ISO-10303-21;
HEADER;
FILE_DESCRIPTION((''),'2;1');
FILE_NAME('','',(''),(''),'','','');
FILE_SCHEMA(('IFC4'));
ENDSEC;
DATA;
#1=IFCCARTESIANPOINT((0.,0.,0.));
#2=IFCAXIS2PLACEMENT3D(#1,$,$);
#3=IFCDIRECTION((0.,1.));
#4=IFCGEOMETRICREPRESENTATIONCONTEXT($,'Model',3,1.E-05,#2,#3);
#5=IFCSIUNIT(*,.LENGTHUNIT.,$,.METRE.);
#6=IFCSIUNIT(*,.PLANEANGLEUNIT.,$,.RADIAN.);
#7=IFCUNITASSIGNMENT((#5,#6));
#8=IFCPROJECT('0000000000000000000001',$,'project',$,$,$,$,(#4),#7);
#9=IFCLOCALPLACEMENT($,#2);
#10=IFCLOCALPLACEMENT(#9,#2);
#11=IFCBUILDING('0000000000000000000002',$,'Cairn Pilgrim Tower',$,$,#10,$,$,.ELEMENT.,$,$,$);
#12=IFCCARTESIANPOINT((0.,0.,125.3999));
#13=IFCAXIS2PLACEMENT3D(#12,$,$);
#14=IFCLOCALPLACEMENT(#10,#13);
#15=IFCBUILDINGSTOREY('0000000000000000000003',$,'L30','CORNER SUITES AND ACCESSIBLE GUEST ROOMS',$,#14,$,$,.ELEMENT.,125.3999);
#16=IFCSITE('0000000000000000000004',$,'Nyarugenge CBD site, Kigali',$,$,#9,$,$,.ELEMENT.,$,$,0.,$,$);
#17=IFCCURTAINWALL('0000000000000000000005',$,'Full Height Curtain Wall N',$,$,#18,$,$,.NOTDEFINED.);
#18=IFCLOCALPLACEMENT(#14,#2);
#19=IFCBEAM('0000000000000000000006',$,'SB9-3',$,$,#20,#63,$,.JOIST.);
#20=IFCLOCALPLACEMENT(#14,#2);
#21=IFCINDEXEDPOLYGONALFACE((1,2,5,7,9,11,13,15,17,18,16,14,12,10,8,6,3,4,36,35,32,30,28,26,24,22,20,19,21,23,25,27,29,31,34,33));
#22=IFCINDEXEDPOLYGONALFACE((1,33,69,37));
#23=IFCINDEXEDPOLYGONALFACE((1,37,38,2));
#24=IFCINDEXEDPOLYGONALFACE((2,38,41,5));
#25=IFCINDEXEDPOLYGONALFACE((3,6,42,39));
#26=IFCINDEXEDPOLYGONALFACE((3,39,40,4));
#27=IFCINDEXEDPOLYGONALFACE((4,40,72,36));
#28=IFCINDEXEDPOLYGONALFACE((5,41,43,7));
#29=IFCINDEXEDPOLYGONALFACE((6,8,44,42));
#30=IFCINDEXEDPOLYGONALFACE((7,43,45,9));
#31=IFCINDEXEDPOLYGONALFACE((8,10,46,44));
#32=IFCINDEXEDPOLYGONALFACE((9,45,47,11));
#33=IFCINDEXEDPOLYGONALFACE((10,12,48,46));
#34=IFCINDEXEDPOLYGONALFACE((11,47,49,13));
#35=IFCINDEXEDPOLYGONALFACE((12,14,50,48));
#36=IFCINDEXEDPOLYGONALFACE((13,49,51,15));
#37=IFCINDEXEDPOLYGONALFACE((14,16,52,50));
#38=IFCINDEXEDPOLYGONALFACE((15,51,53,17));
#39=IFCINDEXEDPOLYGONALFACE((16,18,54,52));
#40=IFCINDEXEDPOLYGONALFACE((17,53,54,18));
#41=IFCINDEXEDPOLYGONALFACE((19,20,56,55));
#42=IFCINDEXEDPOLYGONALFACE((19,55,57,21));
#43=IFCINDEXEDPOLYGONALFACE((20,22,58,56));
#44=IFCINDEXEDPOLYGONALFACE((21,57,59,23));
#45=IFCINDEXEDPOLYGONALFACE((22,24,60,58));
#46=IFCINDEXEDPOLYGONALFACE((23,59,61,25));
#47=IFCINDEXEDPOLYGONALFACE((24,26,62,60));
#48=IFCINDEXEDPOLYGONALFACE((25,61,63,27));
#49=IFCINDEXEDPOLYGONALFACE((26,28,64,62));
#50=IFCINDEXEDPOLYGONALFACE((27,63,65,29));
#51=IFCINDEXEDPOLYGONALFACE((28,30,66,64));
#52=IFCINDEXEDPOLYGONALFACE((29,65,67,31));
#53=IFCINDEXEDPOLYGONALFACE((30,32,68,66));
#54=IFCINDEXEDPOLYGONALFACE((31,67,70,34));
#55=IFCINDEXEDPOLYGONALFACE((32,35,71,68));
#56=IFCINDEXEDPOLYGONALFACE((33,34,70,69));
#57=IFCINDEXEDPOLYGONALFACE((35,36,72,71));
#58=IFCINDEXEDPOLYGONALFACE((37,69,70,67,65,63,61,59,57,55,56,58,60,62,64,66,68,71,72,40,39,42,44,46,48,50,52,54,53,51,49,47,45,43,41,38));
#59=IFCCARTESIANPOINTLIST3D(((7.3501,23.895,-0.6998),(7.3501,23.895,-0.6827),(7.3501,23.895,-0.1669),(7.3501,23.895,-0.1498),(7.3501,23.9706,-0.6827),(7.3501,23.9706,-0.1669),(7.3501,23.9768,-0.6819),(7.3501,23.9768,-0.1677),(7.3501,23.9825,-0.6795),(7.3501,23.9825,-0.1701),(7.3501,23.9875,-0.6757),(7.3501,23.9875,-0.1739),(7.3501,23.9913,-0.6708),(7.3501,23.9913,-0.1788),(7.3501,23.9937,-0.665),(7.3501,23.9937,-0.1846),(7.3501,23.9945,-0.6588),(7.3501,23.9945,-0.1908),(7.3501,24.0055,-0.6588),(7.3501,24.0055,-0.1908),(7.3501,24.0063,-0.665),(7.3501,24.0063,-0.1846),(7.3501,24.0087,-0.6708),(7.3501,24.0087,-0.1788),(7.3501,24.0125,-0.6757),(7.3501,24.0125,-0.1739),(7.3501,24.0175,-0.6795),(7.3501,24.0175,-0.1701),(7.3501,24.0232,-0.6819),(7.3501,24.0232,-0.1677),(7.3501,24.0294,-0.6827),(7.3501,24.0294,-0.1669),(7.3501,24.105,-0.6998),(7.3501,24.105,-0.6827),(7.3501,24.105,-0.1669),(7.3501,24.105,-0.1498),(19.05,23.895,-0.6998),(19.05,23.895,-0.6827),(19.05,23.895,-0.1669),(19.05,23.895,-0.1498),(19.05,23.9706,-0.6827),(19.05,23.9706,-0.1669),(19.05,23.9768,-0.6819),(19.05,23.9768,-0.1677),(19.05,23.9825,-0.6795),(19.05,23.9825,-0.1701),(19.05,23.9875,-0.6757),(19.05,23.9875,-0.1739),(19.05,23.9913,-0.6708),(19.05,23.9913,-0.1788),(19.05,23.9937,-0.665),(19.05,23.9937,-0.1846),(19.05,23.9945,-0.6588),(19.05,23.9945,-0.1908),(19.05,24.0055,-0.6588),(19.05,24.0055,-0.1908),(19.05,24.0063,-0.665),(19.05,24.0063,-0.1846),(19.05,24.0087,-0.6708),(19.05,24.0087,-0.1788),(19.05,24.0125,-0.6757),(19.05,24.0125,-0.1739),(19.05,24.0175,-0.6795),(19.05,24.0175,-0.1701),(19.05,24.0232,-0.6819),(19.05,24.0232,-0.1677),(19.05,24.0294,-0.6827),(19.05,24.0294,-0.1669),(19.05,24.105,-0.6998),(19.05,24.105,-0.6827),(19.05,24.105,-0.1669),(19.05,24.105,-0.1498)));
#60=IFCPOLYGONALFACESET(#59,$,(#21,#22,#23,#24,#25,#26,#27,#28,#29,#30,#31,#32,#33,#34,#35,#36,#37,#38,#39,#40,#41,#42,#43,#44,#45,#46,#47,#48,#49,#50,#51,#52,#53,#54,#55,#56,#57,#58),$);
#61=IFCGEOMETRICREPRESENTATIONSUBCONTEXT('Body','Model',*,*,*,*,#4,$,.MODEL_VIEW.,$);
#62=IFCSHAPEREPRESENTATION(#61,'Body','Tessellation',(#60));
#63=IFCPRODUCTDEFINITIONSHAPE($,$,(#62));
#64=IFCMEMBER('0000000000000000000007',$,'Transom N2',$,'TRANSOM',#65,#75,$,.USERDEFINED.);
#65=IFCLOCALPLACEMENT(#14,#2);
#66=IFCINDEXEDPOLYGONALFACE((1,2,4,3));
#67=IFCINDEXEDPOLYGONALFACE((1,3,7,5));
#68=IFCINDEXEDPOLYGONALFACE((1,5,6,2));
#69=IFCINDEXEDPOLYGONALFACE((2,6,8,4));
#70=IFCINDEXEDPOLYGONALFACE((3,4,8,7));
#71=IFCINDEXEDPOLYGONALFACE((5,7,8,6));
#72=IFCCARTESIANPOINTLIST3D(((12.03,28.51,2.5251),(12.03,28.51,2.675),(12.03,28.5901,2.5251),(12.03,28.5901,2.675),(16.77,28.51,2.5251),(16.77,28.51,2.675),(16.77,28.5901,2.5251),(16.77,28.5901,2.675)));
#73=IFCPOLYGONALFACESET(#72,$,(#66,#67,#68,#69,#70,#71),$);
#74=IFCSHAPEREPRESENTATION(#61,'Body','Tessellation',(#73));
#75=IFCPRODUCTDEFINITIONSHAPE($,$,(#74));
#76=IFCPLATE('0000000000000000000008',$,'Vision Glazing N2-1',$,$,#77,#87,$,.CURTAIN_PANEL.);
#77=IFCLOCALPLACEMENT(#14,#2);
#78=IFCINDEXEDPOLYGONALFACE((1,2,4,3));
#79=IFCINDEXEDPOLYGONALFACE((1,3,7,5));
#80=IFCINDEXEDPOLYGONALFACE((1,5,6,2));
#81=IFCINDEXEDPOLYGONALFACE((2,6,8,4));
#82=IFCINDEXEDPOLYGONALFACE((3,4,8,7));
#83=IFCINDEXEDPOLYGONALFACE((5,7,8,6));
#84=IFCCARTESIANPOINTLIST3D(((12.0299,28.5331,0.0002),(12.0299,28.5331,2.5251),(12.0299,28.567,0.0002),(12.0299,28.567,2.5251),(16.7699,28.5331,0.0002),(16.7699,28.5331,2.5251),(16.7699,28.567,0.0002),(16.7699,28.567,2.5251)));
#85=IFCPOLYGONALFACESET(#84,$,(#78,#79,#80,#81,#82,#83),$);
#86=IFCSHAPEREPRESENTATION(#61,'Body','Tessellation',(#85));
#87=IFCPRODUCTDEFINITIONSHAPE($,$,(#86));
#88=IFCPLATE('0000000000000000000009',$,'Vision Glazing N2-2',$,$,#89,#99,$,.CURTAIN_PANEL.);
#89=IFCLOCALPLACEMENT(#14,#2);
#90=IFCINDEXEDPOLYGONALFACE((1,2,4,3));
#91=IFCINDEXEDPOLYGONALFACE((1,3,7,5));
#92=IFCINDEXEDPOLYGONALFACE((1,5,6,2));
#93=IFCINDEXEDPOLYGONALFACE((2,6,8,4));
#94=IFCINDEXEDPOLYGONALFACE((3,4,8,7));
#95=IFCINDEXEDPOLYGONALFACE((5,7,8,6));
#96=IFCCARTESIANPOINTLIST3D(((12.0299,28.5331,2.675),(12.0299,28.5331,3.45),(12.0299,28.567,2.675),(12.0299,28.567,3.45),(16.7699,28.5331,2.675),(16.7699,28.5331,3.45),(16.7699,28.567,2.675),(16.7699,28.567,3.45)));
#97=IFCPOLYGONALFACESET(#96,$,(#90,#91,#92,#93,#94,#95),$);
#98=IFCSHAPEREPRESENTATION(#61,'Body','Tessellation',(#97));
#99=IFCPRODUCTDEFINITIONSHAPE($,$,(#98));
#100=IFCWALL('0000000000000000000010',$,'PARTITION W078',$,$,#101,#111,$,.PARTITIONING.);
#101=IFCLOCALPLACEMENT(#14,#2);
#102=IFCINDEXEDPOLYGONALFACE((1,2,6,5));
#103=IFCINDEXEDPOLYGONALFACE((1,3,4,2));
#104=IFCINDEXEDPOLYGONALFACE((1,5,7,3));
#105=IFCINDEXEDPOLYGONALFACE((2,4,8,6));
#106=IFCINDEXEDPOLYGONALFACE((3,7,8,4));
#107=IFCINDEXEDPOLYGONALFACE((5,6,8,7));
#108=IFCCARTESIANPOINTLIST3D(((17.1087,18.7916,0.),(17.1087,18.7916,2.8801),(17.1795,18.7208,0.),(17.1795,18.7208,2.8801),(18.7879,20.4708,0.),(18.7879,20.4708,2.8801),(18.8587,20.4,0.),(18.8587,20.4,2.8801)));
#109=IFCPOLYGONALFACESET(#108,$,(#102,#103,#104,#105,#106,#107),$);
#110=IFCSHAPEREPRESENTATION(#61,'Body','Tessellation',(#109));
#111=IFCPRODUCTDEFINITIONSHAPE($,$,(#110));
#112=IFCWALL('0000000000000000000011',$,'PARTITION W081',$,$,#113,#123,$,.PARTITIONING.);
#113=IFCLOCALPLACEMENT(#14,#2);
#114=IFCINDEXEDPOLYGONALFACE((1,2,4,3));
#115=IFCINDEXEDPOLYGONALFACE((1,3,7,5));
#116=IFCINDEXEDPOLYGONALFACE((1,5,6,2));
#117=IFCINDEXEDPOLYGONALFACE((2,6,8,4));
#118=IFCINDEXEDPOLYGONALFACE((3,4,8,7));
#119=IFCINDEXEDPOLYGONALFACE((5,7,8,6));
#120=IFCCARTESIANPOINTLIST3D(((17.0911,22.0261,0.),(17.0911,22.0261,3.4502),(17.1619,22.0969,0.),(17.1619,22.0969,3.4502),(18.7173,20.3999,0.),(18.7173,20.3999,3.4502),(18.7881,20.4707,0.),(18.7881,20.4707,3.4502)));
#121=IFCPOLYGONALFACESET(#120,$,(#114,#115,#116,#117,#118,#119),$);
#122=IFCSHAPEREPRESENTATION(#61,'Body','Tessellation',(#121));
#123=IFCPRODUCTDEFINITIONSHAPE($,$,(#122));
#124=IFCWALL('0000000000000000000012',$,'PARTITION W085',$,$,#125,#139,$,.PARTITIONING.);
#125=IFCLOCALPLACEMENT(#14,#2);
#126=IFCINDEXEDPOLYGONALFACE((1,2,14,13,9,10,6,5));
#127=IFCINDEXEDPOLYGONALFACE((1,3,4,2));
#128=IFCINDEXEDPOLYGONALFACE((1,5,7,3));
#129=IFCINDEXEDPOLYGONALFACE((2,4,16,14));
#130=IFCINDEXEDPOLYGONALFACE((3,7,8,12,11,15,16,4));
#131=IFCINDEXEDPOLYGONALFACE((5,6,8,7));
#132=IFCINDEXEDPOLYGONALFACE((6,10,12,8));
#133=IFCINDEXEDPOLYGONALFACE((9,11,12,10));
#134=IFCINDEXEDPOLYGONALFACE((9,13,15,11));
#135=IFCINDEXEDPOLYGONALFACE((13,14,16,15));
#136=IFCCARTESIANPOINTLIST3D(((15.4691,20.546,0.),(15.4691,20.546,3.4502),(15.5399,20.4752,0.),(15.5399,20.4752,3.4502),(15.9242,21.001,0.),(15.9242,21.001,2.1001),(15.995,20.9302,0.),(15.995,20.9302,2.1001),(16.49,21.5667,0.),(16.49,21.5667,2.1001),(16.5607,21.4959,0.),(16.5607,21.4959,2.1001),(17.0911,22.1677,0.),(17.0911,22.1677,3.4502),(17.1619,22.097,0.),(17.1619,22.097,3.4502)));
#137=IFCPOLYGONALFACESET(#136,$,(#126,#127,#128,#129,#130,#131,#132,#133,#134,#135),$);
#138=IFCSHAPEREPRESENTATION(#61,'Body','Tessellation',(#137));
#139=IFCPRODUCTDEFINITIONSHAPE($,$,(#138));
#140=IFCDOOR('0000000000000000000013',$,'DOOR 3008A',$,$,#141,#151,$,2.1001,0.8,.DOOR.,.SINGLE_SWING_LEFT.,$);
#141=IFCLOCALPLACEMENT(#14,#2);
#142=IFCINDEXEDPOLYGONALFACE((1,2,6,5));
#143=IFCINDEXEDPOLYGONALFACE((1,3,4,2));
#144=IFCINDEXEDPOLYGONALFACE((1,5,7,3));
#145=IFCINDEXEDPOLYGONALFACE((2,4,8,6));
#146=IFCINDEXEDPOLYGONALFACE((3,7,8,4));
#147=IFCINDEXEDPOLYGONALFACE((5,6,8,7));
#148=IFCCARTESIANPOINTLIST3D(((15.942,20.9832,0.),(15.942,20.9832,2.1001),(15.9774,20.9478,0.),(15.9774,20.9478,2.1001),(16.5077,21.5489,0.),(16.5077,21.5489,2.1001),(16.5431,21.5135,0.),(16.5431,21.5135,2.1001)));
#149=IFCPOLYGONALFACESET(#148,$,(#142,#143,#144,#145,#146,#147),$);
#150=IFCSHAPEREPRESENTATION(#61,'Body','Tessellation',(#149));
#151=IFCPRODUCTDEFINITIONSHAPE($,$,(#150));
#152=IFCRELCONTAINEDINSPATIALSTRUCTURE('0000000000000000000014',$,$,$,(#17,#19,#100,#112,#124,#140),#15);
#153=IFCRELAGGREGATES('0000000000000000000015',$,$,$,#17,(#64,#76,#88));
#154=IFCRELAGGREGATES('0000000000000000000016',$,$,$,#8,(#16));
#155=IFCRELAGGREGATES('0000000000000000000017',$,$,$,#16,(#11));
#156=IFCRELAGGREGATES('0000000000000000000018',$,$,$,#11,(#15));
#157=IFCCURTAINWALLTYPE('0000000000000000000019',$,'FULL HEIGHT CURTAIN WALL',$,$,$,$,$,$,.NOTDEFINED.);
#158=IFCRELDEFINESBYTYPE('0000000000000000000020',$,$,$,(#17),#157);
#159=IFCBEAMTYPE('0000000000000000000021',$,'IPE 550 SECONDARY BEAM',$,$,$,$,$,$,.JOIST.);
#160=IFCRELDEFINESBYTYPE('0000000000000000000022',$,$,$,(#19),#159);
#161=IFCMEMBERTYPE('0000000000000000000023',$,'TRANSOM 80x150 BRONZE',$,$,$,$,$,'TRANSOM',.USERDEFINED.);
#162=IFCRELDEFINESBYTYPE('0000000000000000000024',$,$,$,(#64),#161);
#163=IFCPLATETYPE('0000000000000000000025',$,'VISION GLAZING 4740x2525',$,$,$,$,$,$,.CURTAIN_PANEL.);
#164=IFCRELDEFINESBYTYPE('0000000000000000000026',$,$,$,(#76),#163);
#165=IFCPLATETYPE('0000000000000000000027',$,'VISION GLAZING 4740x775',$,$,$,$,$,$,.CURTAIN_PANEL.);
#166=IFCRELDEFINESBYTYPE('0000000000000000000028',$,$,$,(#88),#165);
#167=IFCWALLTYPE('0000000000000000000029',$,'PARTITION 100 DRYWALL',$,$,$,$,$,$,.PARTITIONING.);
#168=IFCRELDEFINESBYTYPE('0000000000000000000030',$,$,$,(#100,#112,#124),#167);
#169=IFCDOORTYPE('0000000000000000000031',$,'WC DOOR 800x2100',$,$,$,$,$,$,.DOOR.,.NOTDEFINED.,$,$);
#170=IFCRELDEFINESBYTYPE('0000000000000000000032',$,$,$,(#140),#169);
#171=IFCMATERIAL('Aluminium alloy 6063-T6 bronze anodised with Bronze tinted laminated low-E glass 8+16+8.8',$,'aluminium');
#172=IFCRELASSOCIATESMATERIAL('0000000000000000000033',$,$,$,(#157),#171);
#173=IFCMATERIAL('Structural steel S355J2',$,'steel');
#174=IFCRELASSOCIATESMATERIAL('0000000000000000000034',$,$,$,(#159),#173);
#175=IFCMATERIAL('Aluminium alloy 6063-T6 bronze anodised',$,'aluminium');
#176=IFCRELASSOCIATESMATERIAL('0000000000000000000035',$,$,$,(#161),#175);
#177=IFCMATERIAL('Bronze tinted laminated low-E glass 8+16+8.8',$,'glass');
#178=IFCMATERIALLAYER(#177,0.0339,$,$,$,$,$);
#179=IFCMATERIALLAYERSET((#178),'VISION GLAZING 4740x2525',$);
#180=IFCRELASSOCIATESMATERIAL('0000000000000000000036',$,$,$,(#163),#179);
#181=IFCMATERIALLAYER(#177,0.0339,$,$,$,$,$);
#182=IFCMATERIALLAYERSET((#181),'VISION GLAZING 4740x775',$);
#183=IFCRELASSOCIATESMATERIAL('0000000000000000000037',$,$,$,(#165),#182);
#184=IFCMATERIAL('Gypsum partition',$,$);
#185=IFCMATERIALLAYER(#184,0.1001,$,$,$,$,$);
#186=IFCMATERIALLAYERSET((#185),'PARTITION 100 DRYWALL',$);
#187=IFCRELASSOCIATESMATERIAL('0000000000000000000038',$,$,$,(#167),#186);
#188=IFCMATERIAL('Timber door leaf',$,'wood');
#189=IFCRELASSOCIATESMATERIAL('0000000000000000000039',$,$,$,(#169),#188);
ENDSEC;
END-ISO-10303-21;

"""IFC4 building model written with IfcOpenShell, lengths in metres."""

from ifc_helpers import new_model, si_unit, direction, frame, frame_2d, origin, origin_2d, place, context, subcontext, project, spatial, rectangle, i_section, extrude, material, layer, layer_set, material_profile, profile_set, type_object, element, fill, aggregate, save


model = new_model("IFC4")

# Units and contexts
model_context = context("Model", 3, precision=1e-05, world=origin(), true_north=direction((0.0, 1.0)))
body_context = subcontext(model_context, "Body", "Model", "MODEL_VIEW")
ifc_project = project(units=[si_unit("LENGTHUNIT", "METRE"), si_unit("PLANEANGLEUNIT", "RADIAN")], contexts=[model_context])

# Site, building, storey
site_placement = place(None, origin())
site = spatial("IfcSite", under=ifc_project, at=site_placement, Name="Nyarugenge CBD site, Kigali", CompositionType="ELEMENT", RefElevation=0.0)
building_placement = place(site_placement, origin())
building = spatial("IfcBuilding", under=site, at=building_placement, Name="Cairn Pilgrim Tower", CompositionType="ELEMENT")
storey_placement = place(building_placement, frame((0.0, 0.0, 125.3999)))
storey = spatial("IfcBuildingStorey", under=building, at=storey_placement, Name="L30", Description="CORNER SUITES AND ACCESSIBLE GUEST ROOMS", CompositionType="ELEMENT", Elevation=125.3999)

# Curtain wall
ifc_material_1 = material(Name="Aluminium alloy 6063-T6 bronze anodised with Bronze tinted laminated low-E glass 8+16+8.8", Category="aluminium")
curtain_wall_type = type_object("IfcCurtainWallType", Name="FULL HEIGHT CURTAIN WALL", PredefinedType="NOTDEFINED", material=ifc_material_1)
curtain_wall_placement = place(storey_placement, origin())
curtain_wall = element("IfcCurtainWall", 1, at=curtain_wall_placement, inside=storey, type_object=curtain_wall_type, Name="Full Height Curtain Wall N", PredefinedType="NOTDEFINED")
ifc_material_2 = material(Name="Aluminium alloy 6063-T6 bronze anodised", Category="aluminium")

# Beam
ifc_material_3 = material(Name="Structural steel S355J2", Category="steel")
ifc_material_profile_1 = material_profile(ifc_material_3, i_section(OverallWidth=0.21, OverallDepth=0.55, WebThickness=0.011, FlangeThickness=0.0171, FilletRadius=0.0239, at=origin_2d()), Name="IPE 550")
ifc_profile_set_1 = profile_set([ifc_material_profile_1], Name="Structural steel S355J2")
beam_type_1 = type_object("IfcBeamType", Name="IPE 550 SECONDARY BEAM", PredefinedType="JOIST", material=ifc_profile_set_1)
for number, where, z_axis, x_axis, name in (
    (2, (7.3501, 24.0, -0.4248), (1.0, 0.0, 0.0), (0.0, 1.0, 0.0), "SB9-3"),
):
    element("IfcBeam", number, at=place(storey_placement, frame(where, z_axis=z_axis, x_axis=x_axis)), inside=storey, type_object=beam_type_1, Name=name, PredefinedType="JOIST", context=body_context, shape_type="SweptSolid", body=[
        extrude(i_section(OverallWidth=0.21, OverallDepth=0.55, WebThickness=0.011, FlangeThickness=0.0171, FilletRadius=0.0239, at=origin_2d()), origin(), (0.0, 0.0, 1.0), 11.7),
    ])

# Member
ifc_material_profile_2 = material_profile(ifc_material_2, rectangle(XDim=0.0801, YDim=0.1499, at=origin_2d()), Name="TRANSOM 80x150 BRONZE")
ifc_profile_set_2 = profile_set([ifc_material_profile_2], Name="Aluminium alloy 6063-T6 bronze anodised")
member_type_1 = type_object("IfcMemberType", Name="TRANSOM 80x150 BRONZE", ElementType="TRANSOM", PredefinedType="USERDEFINED", material=ifc_profile_set_2)
member_1_placement = place(storey_placement, frame((16.77, 28.55, 2.6001), z_axis=(-1.0, 0.0, 0.0), x_axis=(0.0, -1.0, 0.0)))
member_1 = element("IfcMember", 3, at=member_1_placement, type_object=member_type_1, Name="Transom N2", ObjectType="TRANSOM", PredefinedType="USERDEFINED", context=body_context, shape_type="SweptSolid", body=[
    extrude(rectangle(XDim=0.0801, YDim=0.1499, at=origin_2d()), origin(), (0.0, 0.0, 1.0), 4.74),
])

# Plates
ifc_material_4 = material(Name="Bronze tinted laminated low-E glass 8+16+8.8", Category="glass")
ifc_layer_1 = layer(ifc_material_4, 0.0339)
ifc_layer_set_1 = layer_set([ifc_layer_1], Name="VISION GLAZING 4740x2525")
plate_type_1 = type_object("IfcPlateType", Name="VISION GLAZING 4740x2525", PredefinedType="CURTAIN_PANEL", material=ifc_layer_set_1)
plate_1_placement = place(storey_placement, frame((14.3999, 28.55, 0.0002), z_axis=(0.0, 0.0, 1.0), x_axis=(-1.0, 0.0, 0.0)))
plate_1 = element("IfcPlate", 4, at=plate_1_placement, type_object=plate_type_1, Name="Vision Glazing N2-1", PredefinedType="CURTAIN_PANEL", context=body_context, shape_type="SweptSolid", body=[
    extrude(rectangle(XDim=4.74, YDim=0.0339, at=origin_2d()), origin(), (0.0, 0.0, 1.0), 2.5249),
])
ifc_layer_2 = layer(ifc_material_4, 0.0339)
ifc_layer_set_2 = layer_set([ifc_layer_2], Name="VISION GLAZING 4740x775")
plate_type_2 = type_object("IfcPlateType", Name="VISION GLAZING 4740x775", PredefinedType="CURTAIN_PANEL", material=ifc_layer_set_2)
plate_2_placement = place(storey_placement, frame((14.3999, 28.55, 2.675), z_axis=(0.0, 0.0, 1.0), x_axis=(-1.0, 0.0, 0.0)))
plate_2 = element("IfcPlate", 5, at=plate_2_placement, type_object=plate_type_2, Name="Vision Glazing N2-2", PredefinedType="CURTAIN_PANEL", context=body_context, shape_type="SweptSolid", body=[
    extrude(rectangle(XDim=4.74, YDim=0.0339, at=origin_2d()), origin(), (0.0, 0.0, 1.0), 0.7749),
])
aggregate(curtain_wall, [member_1, plate_1, plate_2])

# Walls
ifc_material_5 = material(Name="Gypsum partition")
ifc_layer_3 = layer(ifc_material_5, 0.1001)
ifc_layer_set_3 = layer_set([ifc_layer_3], Name="PARTITION 100 DRYWALL")
wall_type_1 = type_object("IfcWallType", Name="PARTITION 100 DRYWALL", PredefinedType="PARTITIONING", material=ifc_layer_set_3)
wall_1_placement = place(storey_placement, frame((17.144, 18.7561, 0.0), z_axis=(0.0, 0.0, 1.0), x_axis=(0.707107, 0.707107, 0.0)))
element("IfcWall", 6, at=wall_1_placement, inside=storey, type_object=wall_type_1, Name="PARTITION W078", PredefinedType="PARTITIONING", context=body_context, shape_type="SweptSolid", body=[
    extrude(rectangle(XDim=2.3748, YDim=0.1001, at=frame_2d((1.1875, 0.0))), origin(), (0.0, 0.0, 1.0), 2.8801),
])
wall_2_placement = place(storey_placement, frame((18.7527, 20.4353, 0.0), z_axis=(0.0, 0.0, 1.0), x_axis=(-0.707107, 0.707107, 0.0)))
element("IfcWall", 7, at=wall_2_placement, inside=storey, type_object=wall_type_1, Name="PARTITION W081", PredefinedType="PARTITIONING", context=body_context, shape_type="SweptSolid", body=[
    extrude(rectangle(XDim=2.2998, YDim=0.1001, at=frame_2d((1.1499, 0.0))), origin(), (0.0, 0.0, 1.0), 3.4502),
])

# Wall, opening, door
wall_3_placement = place(storey_placement, frame((15.5044, 20.5105, 0.0), z_axis=(0.0, 0.0, 1.0), x_axis=(0.70716, 0.707054, 0.0)))
wall_3 = element("IfcWall", 8, at=wall_3_placement, inside=storey, type_object=wall_type_1, Name="PARTITION W085", PredefinedType="PARTITIONING", context=body_context, shape_type="SweptSolid", body=[
    extrude(rectangle(XDim=2.2937, YDim=0.1001, at=frame_2d((1.147, 0.0))), origin(), (0.0, 0.0, 1.0), 3.4502),
])
opening_1_placement = place(wall_3_placement, frame((0.6438, 0.0, 0.0)))
opening_1 = element("IfcOpeningElement", 9, at=opening_1_placement, cuts=wall_3, PredefinedType="OPENING", context=body_context, shape_type="SweptSolid", body=[
    extrude(rectangle(XDim=0.8, YDim=2.1001, at=frame_2d((0.3999, 1.05))), frame((0.0, 0.0601, 0.0), z_axis=(0.0, -1.0, 0.0), x_axis=(1.0, 0.0, 0.0)), (0.0, 0.0, 1.0), 0.1201),
])
ifc_material_6 = material(Name="Timber door leaf", Category="wood")
door_type_1 = type_object("IfcDoorType", Name="WC DOOR 800x2100", OperationType="NOTDEFINED", PredefinedType="DOOR", material=ifc_material_6)
door_1_placement = place(opening_1_placement, origin())
door_1 = element("IfcDoor", 10, at=door_1_placement, inside=storey, type_object=door_type_1, Name="DOOR 3008A", OperationType="SINGLE_SWING_LEFT", OverallHeight=2.1001, OverallWidth=0.8, PredefinedType="DOOR", context=body_context, shape_type="SweptSolid", body=[
    extrude(rectangle(XDim=0.8, YDim=2.1001, at=frame_2d((0.3999, 1.05))), frame((0.0, 0.0249, 0.0), z_axis=(0.0, -1.0, 0.0), x_axis=(1.0, 0.0, 0.0)), (0.0, 0.0, 1.0), 0.05),
])
fill(opening_1, door_1)

save(model, "model.ifc")
